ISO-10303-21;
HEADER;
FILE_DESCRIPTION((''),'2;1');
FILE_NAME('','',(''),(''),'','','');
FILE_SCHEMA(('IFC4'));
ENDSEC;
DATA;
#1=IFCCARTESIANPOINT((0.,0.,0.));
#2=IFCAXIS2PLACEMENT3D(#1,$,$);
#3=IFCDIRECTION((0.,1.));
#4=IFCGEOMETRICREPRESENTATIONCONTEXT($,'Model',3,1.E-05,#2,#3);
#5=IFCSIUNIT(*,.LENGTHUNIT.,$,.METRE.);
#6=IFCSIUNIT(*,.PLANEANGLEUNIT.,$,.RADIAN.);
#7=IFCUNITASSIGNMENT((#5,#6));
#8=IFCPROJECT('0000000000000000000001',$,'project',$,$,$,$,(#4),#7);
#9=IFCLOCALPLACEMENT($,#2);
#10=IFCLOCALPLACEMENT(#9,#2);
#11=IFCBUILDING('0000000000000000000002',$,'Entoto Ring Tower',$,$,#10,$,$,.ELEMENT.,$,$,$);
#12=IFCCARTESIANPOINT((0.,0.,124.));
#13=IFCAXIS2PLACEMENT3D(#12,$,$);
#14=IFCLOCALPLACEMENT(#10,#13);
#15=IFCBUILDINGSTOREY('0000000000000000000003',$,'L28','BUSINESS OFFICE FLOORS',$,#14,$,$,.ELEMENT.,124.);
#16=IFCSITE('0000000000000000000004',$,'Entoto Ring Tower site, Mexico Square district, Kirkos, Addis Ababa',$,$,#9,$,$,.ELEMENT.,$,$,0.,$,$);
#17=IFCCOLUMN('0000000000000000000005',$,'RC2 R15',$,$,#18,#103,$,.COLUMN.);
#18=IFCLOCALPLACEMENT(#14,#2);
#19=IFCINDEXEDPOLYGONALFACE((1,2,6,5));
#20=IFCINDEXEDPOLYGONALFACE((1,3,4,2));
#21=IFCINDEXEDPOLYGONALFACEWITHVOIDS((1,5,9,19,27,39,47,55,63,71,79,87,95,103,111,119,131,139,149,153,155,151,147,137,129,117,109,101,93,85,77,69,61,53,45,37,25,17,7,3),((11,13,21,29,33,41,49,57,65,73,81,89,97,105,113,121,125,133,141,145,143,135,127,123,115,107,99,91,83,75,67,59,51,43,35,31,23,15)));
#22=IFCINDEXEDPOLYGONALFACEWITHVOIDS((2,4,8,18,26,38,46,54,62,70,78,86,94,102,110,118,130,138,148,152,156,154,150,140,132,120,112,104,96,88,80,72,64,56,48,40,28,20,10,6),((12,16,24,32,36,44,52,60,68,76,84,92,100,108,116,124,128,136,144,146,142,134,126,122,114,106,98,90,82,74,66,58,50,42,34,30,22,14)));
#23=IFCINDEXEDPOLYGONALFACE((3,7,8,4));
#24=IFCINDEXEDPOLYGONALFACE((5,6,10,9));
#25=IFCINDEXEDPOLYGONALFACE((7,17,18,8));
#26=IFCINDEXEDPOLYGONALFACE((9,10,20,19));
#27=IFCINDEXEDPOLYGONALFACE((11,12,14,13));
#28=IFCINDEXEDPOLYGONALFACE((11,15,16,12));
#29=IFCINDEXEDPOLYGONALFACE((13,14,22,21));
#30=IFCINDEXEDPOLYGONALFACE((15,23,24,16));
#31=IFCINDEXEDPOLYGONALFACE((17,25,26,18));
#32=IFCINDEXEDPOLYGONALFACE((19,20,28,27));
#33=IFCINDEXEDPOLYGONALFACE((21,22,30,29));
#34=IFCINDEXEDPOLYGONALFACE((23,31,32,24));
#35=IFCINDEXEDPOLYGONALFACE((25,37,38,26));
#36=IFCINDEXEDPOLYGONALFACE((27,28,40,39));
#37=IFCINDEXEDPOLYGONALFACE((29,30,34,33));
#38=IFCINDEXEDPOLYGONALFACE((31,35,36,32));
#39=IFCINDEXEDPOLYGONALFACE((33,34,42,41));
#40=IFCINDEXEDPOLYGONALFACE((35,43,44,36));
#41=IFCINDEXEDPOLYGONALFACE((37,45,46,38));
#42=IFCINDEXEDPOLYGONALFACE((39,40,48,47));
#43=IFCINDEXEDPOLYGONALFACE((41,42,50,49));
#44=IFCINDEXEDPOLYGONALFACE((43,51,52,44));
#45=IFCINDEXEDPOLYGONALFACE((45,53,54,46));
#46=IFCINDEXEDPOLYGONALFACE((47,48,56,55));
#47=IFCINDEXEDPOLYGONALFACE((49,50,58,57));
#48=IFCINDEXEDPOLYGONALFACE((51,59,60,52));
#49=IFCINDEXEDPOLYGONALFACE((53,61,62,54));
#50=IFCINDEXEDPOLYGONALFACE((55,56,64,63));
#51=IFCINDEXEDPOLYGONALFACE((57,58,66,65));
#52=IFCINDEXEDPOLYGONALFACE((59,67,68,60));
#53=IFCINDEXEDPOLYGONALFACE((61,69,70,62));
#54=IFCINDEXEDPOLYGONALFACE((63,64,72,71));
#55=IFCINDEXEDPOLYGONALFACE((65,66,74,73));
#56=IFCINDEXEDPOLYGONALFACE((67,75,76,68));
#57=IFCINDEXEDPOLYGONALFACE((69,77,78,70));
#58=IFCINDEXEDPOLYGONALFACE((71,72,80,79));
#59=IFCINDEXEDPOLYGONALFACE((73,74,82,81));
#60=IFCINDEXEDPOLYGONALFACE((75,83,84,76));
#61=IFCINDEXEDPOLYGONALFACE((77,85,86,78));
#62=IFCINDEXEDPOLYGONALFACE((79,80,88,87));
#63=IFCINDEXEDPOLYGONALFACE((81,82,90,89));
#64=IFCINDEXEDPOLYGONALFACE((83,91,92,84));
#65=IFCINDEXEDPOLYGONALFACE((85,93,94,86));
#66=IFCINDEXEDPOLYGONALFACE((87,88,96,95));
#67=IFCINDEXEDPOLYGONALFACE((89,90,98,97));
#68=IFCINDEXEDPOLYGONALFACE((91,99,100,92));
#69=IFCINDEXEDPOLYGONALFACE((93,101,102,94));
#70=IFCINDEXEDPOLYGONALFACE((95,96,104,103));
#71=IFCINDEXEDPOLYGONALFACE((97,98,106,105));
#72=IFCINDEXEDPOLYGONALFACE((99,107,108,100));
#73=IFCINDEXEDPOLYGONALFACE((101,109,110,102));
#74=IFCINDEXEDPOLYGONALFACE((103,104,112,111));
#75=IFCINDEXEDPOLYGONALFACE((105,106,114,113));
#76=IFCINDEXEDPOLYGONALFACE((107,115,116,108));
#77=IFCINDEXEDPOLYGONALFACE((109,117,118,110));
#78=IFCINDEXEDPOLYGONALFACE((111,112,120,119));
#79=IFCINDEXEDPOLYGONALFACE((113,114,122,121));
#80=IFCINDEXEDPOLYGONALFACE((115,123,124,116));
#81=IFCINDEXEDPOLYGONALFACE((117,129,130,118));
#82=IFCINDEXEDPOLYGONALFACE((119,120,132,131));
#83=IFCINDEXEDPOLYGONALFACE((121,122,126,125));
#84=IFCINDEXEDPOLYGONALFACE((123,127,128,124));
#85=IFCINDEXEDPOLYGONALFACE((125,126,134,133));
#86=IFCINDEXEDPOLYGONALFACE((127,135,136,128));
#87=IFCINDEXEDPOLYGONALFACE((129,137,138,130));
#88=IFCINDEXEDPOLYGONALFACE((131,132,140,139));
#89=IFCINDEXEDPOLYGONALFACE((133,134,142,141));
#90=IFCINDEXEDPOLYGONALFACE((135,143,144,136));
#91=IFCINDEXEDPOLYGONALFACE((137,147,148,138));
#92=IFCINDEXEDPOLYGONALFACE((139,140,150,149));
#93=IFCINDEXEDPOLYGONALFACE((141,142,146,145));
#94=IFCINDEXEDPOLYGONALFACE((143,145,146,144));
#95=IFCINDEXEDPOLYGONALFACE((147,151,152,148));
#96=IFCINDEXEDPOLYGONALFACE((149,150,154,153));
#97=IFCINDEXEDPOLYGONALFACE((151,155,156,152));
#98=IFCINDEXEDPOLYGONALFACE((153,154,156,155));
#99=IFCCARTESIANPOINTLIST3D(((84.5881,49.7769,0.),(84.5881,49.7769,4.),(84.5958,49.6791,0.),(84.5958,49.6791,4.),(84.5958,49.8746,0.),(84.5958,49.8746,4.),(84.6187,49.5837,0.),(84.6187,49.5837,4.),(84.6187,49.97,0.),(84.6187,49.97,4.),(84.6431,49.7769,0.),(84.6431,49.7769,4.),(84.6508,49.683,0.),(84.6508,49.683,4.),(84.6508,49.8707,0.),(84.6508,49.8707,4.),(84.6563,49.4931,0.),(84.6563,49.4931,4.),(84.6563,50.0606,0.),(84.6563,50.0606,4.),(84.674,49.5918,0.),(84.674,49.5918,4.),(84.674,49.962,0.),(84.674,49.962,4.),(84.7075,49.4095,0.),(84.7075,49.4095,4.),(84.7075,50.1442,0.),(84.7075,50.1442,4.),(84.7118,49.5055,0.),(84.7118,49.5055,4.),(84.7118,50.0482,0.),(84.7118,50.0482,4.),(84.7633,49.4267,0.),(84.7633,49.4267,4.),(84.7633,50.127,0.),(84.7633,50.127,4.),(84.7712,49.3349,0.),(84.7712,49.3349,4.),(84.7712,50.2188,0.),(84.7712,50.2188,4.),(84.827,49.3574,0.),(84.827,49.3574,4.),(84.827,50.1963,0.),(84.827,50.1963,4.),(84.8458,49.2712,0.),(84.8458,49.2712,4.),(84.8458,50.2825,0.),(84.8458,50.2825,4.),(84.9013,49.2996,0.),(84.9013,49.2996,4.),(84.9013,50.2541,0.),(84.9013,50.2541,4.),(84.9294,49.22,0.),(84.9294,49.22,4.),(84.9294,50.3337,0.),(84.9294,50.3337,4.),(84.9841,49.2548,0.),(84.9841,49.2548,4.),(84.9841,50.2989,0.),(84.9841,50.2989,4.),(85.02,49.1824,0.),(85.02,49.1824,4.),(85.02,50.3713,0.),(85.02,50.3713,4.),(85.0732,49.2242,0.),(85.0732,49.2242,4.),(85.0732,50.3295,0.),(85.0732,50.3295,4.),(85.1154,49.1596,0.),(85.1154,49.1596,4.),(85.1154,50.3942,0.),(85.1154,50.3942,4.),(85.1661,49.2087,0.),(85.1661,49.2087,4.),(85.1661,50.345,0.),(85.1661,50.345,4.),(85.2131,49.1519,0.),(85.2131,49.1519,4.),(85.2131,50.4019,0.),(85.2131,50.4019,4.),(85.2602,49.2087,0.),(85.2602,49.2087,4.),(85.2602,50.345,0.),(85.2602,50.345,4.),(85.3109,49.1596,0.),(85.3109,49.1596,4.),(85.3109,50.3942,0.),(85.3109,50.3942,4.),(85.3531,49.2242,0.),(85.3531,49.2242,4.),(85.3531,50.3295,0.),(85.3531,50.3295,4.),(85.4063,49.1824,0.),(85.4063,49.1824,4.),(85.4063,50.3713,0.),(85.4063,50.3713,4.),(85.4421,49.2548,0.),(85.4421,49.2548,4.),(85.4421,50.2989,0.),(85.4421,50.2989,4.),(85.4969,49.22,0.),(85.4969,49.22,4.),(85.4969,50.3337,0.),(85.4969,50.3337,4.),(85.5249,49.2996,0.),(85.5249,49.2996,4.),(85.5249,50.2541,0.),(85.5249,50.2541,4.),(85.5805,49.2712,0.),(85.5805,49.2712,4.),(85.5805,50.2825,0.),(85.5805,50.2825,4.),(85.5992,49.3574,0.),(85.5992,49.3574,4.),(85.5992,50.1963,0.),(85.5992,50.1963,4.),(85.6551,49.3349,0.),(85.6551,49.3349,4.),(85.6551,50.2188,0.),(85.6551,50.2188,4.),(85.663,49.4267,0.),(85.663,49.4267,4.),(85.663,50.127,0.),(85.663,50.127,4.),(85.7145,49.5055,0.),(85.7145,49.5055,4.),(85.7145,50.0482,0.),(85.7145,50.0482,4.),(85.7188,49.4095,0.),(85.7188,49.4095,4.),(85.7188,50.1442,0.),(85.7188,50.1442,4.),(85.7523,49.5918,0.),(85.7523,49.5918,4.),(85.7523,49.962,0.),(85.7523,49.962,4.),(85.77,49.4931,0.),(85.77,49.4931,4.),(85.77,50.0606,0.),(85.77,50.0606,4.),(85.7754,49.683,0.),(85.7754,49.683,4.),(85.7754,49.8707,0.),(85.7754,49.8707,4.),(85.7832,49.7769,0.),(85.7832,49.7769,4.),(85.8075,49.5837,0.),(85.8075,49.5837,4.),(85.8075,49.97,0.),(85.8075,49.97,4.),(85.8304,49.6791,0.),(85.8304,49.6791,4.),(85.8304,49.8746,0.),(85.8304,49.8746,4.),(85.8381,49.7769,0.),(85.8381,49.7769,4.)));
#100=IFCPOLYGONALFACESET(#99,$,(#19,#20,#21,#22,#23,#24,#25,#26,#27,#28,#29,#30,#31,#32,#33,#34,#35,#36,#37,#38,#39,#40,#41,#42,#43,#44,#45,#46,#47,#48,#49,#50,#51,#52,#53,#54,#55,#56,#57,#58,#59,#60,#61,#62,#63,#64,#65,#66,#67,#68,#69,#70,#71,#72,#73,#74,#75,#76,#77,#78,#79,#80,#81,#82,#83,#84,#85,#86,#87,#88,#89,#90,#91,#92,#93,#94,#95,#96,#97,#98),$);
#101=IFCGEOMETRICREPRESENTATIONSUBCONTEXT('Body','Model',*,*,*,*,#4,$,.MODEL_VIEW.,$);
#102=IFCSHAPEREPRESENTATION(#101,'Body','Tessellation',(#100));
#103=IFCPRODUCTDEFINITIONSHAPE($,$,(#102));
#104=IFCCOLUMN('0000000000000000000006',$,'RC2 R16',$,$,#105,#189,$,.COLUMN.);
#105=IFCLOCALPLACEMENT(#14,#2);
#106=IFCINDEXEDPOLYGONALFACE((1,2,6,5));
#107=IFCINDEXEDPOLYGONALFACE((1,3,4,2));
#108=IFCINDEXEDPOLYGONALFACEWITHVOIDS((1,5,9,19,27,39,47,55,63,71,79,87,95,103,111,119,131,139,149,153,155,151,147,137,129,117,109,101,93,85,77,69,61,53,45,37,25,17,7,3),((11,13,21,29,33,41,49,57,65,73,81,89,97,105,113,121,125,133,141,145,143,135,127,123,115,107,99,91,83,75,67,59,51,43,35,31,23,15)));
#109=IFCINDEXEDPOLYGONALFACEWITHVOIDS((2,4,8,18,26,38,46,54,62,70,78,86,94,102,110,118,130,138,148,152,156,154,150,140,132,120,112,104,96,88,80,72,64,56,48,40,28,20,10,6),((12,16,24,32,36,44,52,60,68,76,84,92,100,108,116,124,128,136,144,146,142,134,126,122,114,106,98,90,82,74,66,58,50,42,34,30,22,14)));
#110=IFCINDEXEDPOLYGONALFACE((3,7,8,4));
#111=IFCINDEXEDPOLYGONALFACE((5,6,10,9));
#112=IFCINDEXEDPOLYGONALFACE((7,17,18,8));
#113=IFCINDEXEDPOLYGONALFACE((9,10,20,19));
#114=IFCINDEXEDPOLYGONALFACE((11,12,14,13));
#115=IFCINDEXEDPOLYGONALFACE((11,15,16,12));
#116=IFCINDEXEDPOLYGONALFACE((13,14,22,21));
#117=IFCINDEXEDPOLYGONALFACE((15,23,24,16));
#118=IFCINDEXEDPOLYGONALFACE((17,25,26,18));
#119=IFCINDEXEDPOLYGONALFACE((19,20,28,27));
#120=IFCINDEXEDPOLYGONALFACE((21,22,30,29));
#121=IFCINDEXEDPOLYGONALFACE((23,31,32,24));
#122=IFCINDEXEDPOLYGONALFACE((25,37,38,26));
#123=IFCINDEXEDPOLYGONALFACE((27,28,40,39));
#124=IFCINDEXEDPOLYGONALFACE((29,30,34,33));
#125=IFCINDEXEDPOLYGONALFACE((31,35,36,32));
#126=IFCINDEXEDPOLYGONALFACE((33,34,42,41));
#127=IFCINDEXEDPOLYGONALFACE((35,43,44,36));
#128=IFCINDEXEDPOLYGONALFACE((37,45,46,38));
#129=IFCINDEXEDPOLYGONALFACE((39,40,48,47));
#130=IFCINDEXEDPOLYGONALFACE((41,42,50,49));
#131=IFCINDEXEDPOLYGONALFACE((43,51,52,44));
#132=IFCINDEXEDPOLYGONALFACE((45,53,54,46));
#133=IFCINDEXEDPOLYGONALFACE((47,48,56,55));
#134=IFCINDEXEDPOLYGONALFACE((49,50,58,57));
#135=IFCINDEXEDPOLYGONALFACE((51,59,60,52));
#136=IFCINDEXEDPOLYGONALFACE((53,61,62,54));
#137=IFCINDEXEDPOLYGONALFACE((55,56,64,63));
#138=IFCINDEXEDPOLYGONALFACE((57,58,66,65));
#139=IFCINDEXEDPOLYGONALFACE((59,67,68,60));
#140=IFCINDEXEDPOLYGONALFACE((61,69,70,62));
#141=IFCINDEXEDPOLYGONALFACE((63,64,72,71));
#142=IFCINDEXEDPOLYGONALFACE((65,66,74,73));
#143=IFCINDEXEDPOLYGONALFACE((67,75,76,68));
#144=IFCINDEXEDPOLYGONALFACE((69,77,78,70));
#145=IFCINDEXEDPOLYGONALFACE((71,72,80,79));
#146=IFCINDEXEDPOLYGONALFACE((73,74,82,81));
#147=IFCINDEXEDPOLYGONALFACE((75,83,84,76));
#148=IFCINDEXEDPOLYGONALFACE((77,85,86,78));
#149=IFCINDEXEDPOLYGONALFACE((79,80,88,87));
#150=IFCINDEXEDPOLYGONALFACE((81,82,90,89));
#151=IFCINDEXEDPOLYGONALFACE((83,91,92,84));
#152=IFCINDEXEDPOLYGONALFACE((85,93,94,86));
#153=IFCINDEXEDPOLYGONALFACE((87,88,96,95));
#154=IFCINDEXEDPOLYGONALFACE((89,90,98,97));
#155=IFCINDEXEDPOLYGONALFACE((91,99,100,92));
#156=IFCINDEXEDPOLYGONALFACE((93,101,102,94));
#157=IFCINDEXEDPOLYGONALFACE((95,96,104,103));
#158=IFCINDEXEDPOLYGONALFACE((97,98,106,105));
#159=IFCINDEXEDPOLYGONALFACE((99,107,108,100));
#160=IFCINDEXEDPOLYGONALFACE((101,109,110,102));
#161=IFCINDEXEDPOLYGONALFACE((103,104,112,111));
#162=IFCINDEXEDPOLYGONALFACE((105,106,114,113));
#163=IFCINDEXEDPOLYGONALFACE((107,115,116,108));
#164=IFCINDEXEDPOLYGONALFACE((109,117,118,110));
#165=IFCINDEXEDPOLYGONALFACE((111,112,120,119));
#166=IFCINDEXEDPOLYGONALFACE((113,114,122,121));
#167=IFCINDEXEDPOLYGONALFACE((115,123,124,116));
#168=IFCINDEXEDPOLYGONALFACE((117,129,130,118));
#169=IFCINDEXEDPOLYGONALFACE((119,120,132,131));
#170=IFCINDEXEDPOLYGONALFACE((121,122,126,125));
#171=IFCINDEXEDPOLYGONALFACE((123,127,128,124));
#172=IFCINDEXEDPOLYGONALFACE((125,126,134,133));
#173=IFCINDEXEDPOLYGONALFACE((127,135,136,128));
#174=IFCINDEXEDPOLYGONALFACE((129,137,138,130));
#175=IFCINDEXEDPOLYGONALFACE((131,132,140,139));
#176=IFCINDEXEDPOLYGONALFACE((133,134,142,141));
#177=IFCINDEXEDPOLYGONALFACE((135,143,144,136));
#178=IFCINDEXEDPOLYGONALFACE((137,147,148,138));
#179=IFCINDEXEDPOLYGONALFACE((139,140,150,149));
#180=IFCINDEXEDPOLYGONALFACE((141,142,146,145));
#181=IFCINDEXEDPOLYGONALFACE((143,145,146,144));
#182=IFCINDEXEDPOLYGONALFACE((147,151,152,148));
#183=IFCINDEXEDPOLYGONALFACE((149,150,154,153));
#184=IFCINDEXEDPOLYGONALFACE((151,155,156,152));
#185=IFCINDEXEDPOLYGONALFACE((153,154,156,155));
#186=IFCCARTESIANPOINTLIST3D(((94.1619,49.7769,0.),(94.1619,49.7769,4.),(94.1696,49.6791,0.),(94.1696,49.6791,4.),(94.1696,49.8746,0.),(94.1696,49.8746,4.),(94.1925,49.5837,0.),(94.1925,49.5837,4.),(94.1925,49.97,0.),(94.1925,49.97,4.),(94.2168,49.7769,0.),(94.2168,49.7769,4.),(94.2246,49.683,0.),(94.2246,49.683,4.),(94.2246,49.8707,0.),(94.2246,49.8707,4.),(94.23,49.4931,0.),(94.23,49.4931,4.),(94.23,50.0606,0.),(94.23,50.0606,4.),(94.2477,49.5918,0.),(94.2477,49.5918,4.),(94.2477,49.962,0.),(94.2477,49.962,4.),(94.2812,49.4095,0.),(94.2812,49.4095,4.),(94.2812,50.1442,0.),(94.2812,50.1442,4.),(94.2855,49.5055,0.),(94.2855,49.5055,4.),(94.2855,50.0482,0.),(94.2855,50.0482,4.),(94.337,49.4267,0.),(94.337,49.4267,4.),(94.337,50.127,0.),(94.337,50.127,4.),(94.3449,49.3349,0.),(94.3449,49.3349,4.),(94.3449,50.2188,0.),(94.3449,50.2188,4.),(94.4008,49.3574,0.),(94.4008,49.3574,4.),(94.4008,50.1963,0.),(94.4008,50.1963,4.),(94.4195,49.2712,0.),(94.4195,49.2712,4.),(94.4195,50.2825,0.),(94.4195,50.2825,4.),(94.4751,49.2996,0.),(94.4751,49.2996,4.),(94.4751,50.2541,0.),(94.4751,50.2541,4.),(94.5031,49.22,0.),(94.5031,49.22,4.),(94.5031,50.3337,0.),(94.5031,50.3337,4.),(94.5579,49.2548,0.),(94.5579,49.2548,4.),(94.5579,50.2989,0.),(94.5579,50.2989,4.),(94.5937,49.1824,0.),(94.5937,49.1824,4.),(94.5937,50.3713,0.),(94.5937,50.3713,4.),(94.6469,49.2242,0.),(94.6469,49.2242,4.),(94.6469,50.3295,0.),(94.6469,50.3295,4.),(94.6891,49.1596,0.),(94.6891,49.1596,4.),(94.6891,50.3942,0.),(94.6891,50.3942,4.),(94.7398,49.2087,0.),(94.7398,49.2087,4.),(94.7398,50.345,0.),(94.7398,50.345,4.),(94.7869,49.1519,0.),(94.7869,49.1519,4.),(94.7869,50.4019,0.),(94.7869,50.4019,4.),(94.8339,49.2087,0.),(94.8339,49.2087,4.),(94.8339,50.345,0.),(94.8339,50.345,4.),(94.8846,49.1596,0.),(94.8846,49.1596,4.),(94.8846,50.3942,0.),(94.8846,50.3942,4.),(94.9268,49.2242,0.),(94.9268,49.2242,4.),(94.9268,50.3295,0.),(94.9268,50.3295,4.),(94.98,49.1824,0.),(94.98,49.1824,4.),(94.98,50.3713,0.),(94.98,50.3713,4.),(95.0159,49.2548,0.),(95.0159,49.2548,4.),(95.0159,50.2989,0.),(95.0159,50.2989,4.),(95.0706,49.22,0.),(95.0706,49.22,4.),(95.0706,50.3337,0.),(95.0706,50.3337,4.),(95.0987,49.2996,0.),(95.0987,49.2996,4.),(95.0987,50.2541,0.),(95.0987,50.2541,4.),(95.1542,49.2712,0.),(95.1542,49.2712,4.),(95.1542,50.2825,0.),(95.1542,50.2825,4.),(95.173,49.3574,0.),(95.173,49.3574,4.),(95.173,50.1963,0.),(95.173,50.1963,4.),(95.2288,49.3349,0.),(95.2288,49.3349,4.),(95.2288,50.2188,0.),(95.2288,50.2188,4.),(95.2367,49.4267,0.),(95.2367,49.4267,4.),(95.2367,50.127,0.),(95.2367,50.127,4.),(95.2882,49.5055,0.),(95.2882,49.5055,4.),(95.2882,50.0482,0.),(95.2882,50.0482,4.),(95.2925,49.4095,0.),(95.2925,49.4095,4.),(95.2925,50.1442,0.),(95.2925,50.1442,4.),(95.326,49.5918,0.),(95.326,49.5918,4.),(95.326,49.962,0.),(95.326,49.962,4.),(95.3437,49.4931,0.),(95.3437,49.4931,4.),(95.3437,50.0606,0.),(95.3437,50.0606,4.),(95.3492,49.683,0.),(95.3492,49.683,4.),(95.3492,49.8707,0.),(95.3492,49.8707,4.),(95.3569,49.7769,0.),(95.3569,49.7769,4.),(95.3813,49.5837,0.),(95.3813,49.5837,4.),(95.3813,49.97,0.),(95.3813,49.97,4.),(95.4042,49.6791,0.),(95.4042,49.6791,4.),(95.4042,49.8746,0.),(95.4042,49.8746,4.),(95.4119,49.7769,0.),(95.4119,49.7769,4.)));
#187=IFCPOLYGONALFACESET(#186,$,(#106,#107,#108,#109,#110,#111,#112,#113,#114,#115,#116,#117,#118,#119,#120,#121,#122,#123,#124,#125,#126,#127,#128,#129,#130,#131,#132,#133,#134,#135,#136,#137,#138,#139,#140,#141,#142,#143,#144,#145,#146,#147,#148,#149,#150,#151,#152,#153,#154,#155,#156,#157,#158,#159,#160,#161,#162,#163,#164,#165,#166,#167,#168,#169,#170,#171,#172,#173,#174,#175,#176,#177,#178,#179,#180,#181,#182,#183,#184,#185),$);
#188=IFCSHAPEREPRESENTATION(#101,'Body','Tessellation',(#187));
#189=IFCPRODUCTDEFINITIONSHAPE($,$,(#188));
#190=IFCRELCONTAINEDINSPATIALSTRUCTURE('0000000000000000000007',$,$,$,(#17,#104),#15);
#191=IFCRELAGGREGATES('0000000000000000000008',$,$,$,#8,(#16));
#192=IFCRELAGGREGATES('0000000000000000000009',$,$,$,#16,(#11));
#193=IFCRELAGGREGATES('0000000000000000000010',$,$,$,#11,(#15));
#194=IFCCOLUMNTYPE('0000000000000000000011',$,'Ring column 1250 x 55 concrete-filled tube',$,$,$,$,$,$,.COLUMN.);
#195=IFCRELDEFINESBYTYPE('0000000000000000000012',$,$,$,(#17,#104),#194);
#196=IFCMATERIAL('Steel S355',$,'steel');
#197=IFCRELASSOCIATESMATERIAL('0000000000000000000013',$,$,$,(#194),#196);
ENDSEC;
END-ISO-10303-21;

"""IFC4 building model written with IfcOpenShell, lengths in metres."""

from ifc_helpers import new_model, si_unit, direction, frame, origin, origin_2d, place, context, subcontext, project, spatial, circle, hollow_circle, extrude, material, material_profile, profile_set, type_object, element, save


model = new_model("IFC4")

# Units and contexts
model_context = context("Model", 3, precision=1e-05, world=origin(), true_north=direction((0.0, 1.0)))
body_context = subcontext(model_context, "Body", "Model", "MODEL_VIEW")
ifc_project = project(units=[si_unit("LENGTHUNIT", "METRE"), si_unit("PLANEANGLEUNIT", "RADIAN")], contexts=[model_context])

# Site, building, storey
site_placement = place(None, origin())
site = spatial("IfcSite", under=ifc_project, at=site_placement, Name="Entoto Ring Tower site, Mexico Square district, Kirkos, Addis Ababa", CompositionType="ELEMENT", RefElevation=0.0)
building_placement = place(site_placement, origin())
building = spatial("IfcBuilding", under=site, at=building_placement, Name="Entoto Ring Tower", CompositionType="ELEMENT")
storey_placement = place(building_placement, frame((0.0, 0.0, 124.0)))
storey = spatial("IfcBuildingStorey", under=building, at=storey_placement, Name="L28", Description="BUSINESS OFFICE FLOORS", CompositionType="ELEMENT", Elevation=124.0)

# Columns
ifc_material_1 = material(Name="Steel S355", Category="steel")
ifc_material_profile_1 = material_profile(ifc_material_1, hollow_circle(Radius=0.625, WallThickness=0.0549, at=origin_2d()), Name="CHS 1250 x 55")
ifc_material_2 = material(Name="Concrete C60/75", Category="concrete")
ifc_material_profile_2 = material_profile(ifc_material_2, circle(Radius=0.5701, at=origin_2d()), Name="Concrete C60/75 infill")
ifc_profile_set_1 = profile_set([ifc_material_profile_1, ifc_material_profile_2], Name="Steel S355")
column_type = type_object("IfcColumnType", Name="Ring column 1250 x 55 concrete-filled tube", PredefinedType="COLUMN", material=ifc_profile_set_1)
for number, where, z_axis, x_axis, name in (
    (1, (85.2131, 49.7769, 0.0), (0.0, 0.0, 1.0), (1.0, 0.0, 0.0), "RC2 R15"),
    (2, (94.7869, 49.7769, 0.0), (0.0, 0.0, 1.0), (1.0, 0.0, 0.0), "RC2 R16"),
):
    element("IfcColumn", number, at=place(storey_placement, frame(where, z_axis=z_axis, x_axis=x_axis)), inside=storey, type_object=column_type, Name=name, PredefinedType="COLUMN", context=body_context, shape_type="SweptSolid", body=[
        extrude(hollow_circle(Radius=0.625, WallThickness=0.0549, at=origin_2d()), origin(), (0.0, 0.0, 1.0), 4.0),
    ])

save(model, "model.ifc")
